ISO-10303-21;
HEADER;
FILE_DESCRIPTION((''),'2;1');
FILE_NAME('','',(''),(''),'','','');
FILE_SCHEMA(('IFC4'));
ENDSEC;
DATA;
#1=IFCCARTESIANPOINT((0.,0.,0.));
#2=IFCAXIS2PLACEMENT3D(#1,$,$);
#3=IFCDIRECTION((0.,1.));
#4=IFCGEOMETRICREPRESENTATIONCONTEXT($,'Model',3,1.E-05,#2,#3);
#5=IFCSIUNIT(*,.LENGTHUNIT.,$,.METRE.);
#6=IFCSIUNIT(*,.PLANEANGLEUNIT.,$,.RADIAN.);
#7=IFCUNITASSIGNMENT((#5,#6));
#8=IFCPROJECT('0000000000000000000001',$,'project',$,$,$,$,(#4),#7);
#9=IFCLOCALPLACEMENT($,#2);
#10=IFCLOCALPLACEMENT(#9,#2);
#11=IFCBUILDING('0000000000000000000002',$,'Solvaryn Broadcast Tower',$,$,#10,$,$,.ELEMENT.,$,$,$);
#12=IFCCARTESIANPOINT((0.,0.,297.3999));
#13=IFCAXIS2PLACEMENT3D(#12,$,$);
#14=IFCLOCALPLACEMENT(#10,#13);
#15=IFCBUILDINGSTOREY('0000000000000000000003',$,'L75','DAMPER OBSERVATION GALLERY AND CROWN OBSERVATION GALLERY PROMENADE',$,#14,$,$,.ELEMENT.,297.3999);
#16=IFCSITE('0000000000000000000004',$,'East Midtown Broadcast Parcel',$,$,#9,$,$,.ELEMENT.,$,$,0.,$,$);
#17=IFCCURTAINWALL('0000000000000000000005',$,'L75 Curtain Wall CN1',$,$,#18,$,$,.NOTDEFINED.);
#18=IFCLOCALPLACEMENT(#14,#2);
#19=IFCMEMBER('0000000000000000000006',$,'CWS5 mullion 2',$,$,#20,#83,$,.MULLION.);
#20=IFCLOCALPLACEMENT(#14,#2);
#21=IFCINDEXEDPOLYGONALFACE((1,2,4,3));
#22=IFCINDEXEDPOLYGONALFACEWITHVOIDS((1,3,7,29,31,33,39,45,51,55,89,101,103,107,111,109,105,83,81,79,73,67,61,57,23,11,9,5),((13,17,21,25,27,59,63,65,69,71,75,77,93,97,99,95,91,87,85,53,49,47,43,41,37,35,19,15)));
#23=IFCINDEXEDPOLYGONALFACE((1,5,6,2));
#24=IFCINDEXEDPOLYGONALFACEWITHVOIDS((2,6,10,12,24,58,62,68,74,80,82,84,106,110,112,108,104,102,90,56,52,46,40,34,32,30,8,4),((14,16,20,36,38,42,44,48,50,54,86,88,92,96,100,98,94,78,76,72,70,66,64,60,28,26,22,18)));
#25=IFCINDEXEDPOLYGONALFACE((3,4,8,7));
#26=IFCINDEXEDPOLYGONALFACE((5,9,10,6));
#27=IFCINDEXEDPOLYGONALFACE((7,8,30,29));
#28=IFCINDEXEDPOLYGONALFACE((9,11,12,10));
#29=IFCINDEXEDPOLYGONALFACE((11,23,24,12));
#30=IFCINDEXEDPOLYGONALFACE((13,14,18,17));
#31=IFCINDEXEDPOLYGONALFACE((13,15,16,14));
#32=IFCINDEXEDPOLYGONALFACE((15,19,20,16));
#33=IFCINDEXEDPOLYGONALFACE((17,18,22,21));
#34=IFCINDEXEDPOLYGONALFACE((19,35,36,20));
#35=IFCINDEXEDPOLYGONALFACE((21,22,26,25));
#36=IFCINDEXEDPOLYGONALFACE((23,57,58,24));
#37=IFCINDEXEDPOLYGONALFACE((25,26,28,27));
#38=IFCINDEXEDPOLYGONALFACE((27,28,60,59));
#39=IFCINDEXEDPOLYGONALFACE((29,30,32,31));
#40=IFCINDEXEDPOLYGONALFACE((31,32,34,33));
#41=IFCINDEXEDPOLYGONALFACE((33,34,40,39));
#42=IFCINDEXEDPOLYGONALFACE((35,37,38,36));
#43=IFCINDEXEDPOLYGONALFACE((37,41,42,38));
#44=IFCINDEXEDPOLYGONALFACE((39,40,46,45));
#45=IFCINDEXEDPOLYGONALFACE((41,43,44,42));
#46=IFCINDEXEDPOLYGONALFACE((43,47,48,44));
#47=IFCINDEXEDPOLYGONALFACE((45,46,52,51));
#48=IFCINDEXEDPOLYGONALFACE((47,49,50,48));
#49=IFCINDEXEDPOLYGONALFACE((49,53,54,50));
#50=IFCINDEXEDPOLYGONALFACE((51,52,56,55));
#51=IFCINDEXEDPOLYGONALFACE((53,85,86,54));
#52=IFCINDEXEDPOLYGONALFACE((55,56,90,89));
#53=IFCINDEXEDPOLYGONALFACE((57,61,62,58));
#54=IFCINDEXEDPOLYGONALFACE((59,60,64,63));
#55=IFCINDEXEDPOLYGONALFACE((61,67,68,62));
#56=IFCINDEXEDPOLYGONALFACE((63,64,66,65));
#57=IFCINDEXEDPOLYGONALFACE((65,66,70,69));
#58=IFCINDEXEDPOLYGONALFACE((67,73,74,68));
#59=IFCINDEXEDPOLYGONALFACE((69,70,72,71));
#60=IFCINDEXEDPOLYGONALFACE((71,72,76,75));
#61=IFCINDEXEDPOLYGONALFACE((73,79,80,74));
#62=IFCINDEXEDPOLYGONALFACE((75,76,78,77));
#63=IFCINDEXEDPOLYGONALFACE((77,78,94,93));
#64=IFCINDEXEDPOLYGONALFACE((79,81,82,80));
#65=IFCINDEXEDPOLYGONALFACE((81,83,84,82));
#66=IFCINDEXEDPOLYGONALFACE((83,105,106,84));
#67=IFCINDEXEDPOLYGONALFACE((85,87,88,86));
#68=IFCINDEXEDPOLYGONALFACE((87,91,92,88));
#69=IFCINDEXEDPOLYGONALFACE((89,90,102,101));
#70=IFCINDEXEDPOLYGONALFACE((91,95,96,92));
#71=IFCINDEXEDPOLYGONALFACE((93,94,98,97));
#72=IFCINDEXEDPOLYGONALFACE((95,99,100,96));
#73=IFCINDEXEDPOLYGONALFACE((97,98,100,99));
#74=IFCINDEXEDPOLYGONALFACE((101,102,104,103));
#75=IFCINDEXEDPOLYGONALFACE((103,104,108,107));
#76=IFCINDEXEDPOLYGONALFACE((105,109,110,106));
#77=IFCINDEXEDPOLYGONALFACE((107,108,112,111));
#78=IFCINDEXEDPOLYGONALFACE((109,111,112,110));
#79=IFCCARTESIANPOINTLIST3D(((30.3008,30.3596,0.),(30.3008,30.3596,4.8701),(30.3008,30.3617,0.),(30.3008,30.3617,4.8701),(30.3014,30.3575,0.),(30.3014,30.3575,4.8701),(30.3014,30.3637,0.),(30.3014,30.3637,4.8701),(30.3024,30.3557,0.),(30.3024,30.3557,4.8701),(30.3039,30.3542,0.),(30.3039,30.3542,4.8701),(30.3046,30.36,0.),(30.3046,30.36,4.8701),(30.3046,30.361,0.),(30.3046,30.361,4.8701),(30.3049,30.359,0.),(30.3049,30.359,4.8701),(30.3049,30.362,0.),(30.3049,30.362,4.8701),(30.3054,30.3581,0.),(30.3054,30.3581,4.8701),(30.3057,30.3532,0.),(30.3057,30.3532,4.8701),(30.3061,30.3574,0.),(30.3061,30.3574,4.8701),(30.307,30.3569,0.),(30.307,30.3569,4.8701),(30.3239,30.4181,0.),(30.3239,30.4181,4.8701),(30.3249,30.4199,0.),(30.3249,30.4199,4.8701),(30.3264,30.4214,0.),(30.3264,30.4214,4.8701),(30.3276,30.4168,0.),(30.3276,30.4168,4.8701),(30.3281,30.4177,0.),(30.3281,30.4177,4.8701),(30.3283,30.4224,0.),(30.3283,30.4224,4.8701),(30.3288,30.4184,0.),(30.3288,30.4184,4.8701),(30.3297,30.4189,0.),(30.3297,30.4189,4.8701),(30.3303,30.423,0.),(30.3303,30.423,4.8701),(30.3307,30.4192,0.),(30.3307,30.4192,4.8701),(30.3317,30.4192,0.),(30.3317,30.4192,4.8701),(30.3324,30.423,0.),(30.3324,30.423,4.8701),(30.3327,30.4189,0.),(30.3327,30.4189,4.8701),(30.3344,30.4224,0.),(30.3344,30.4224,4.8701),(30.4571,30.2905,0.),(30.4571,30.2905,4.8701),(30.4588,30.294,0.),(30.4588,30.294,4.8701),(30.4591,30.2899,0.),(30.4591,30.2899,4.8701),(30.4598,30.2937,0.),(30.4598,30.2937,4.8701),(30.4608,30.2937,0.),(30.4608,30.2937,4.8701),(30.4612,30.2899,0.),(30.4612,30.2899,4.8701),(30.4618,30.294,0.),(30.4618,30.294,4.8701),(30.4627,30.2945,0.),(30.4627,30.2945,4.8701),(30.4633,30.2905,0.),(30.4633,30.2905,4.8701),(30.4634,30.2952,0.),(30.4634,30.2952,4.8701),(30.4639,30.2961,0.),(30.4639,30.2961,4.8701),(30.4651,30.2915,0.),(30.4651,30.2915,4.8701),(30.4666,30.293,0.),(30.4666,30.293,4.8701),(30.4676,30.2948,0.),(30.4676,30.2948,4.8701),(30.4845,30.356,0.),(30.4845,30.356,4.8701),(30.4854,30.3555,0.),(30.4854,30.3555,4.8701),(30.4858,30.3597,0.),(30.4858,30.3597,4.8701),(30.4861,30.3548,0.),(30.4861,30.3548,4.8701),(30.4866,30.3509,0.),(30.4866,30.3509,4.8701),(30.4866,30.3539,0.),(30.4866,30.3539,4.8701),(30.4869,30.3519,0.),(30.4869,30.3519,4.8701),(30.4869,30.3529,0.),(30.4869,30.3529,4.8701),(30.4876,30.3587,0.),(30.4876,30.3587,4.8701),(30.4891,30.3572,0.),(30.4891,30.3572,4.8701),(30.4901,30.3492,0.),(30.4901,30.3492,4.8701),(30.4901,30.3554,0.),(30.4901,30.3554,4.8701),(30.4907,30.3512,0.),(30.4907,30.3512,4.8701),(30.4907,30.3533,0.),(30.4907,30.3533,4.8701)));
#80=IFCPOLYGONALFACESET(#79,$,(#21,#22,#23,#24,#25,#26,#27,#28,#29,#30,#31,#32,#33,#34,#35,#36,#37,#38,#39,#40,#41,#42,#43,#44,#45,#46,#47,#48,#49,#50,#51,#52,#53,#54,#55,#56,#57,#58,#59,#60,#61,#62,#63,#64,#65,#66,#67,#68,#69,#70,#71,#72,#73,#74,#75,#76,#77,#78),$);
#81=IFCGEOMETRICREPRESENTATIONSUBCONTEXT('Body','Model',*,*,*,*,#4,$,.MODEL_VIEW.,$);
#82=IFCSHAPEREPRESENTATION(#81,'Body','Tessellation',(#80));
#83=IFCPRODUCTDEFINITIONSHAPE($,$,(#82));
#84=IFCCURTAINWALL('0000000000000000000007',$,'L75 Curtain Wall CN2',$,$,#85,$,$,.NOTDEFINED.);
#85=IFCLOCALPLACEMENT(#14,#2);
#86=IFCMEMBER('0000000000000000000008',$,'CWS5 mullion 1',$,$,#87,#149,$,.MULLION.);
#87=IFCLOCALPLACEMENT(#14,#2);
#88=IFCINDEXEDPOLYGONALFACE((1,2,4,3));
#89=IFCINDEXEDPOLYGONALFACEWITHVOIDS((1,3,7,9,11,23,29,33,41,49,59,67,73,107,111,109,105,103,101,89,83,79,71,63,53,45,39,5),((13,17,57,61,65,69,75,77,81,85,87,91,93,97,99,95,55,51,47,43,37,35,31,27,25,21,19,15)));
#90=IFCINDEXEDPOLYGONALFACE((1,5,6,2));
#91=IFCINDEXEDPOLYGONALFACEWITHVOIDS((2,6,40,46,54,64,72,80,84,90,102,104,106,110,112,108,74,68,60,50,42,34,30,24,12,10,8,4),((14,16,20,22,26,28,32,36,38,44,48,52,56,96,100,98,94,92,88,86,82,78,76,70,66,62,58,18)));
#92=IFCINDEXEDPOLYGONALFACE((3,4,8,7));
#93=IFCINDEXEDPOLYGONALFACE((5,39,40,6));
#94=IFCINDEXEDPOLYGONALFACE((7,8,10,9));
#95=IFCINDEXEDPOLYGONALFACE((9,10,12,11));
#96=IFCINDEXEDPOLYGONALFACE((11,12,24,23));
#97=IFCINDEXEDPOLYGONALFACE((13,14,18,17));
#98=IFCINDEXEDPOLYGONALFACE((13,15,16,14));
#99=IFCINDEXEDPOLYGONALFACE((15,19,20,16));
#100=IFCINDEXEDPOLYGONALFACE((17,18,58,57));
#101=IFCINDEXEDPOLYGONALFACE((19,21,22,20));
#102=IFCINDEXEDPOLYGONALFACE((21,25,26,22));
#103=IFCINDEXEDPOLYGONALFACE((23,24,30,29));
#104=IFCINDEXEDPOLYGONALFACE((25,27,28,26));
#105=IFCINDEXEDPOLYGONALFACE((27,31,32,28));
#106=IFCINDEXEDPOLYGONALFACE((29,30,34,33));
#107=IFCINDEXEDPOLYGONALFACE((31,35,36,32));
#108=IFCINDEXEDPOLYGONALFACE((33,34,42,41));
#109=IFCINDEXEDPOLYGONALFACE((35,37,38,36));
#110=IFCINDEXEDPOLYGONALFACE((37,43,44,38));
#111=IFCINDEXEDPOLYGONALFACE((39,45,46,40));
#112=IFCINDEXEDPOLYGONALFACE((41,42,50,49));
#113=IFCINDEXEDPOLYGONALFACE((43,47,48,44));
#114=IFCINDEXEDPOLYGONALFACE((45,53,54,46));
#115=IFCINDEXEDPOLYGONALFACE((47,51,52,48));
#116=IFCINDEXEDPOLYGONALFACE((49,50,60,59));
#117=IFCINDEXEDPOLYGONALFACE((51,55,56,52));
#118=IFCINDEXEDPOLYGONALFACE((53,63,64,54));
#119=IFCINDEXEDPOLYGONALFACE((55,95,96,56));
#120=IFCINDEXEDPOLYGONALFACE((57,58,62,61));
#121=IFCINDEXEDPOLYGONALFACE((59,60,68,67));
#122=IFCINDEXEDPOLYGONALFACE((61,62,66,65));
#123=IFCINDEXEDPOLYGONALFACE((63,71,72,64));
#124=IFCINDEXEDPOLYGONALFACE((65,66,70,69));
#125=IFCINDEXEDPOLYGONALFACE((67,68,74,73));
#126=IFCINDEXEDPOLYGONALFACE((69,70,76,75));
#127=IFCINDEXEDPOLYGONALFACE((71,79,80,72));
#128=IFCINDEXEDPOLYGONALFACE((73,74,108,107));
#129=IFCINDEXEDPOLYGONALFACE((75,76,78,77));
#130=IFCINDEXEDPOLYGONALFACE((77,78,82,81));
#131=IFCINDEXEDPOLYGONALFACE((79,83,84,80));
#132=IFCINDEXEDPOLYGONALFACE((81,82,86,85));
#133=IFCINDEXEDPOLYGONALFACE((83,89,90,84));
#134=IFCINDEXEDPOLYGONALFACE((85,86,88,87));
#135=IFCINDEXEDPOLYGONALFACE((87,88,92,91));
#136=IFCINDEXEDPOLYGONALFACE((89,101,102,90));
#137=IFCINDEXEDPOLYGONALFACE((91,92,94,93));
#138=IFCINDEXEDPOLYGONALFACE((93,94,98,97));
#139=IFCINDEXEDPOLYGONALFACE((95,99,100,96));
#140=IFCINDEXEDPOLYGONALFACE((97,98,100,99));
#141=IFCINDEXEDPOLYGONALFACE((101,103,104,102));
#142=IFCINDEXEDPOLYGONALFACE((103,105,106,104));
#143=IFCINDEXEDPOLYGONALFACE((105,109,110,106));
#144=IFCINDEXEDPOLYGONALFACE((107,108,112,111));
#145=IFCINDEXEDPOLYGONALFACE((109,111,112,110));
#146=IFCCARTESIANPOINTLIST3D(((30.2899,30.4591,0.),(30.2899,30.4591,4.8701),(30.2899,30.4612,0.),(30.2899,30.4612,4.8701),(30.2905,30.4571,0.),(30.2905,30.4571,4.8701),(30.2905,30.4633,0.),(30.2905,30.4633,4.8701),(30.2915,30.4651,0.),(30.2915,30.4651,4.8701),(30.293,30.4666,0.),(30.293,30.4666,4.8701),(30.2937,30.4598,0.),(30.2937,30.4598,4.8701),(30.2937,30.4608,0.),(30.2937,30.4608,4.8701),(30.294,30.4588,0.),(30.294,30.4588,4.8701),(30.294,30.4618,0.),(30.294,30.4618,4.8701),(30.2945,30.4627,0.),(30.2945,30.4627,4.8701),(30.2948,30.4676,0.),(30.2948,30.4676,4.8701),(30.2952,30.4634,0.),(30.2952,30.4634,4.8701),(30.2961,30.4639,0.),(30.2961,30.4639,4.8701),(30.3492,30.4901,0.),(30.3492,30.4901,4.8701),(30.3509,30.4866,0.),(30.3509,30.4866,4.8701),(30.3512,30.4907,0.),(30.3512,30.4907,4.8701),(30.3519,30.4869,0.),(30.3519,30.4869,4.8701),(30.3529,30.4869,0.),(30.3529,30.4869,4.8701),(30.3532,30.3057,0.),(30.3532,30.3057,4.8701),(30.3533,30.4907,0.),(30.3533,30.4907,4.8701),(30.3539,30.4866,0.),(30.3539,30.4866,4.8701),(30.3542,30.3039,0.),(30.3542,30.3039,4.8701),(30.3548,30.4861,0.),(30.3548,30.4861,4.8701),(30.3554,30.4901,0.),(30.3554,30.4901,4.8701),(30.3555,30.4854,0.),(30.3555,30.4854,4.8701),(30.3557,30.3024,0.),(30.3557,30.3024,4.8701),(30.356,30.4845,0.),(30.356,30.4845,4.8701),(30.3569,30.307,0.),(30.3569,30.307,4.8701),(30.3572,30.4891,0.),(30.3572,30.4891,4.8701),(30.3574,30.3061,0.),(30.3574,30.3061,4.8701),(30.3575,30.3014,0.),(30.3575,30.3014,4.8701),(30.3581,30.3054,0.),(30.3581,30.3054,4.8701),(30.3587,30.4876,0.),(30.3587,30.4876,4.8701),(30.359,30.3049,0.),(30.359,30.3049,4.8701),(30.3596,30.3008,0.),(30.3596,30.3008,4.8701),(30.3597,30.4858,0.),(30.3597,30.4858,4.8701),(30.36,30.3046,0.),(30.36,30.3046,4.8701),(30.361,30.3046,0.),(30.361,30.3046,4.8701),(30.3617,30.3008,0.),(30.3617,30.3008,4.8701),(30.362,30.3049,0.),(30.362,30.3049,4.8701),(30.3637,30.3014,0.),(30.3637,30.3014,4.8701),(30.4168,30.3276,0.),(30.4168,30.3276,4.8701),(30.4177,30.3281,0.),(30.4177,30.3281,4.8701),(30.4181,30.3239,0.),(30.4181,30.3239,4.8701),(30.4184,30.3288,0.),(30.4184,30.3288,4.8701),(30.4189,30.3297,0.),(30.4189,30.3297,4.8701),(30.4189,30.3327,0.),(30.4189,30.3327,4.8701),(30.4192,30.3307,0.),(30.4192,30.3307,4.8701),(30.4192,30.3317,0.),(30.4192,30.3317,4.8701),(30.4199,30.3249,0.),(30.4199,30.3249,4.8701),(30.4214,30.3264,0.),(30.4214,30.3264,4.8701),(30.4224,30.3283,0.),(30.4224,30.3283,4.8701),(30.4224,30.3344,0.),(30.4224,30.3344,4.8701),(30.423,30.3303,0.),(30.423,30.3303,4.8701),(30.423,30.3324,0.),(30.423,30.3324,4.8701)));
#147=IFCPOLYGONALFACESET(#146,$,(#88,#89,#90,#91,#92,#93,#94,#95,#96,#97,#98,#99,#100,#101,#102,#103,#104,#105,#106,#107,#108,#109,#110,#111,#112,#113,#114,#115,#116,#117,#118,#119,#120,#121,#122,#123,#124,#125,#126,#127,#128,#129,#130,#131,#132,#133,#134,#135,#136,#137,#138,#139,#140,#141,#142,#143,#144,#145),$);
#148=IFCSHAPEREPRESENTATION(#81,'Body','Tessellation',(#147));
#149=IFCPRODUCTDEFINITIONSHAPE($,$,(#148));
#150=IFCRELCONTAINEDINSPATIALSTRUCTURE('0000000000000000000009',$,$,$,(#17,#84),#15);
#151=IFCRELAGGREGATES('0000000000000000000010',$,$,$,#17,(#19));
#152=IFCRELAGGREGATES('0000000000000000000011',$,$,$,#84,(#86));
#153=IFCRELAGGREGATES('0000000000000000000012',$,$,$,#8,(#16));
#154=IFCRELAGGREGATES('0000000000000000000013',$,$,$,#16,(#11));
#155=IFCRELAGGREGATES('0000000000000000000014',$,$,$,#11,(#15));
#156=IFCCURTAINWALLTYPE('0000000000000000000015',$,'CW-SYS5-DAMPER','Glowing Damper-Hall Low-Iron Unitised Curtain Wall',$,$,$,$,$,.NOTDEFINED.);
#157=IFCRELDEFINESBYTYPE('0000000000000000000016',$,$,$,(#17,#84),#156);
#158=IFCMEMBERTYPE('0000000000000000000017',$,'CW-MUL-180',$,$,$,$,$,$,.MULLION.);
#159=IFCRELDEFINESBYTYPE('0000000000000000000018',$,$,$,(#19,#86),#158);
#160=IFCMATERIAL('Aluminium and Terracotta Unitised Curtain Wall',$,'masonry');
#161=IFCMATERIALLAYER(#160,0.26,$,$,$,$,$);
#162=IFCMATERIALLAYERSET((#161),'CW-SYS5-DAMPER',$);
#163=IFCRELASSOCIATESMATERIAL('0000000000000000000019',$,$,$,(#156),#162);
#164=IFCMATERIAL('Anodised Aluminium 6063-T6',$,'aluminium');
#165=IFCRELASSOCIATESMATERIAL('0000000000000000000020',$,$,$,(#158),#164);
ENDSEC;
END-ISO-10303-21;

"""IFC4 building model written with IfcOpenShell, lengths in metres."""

from ifc_helpers import new_model, si_unit, direction, frame, origin, origin_2d, place, context, subcontext, project, spatial, hollow_rectangle, extrude, material, layer, layer_set, material_profile, profile_set, type_object, element, aggregate, save


model = new_model("IFC4")

# Units and contexts
model_context = context("Model", 3, precision=1e-05, world=origin(), true_north=direction((0.0, 1.0)))
body_context = subcontext(model_context, "Body", "Model", "MODEL_VIEW")
ifc_project = project(units=[si_unit("LENGTHUNIT", "METRE"), si_unit("PLANEANGLEUNIT", "RADIAN")], contexts=[model_context])

# Site, building, storey
site_placement = place(None, origin())
site = spatial("IfcSite", under=ifc_project, at=site_placement, Name="East Midtown Broadcast Parcel", CompositionType="ELEMENT", RefElevation=0.0)
building_placement = place(site_placement, origin())
building = spatial("IfcBuilding", under=site, at=building_placement, Name="Solvaryn Broadcast Tower", CompositionType="ELEMENT")
storey_placement = place(building_placement, frame((0.0, 0.0, 297.3999)))
storey = spatial("IfcBuildingStorey", under=building, at=storey_placement, Name="L75", Description="DAMPER OBSERVATION GALLERY AND CROWN OBSERVATION GALLERY PROMENADE", CompositionType="ELEMENT", Elevation=297.3999)

# Shared definitions
ifc_material_1 = material(Name="Aluminium and Terracotta Unitised Curtain Wall", Category="masonry")
ifc_layer_1 = layer(ifc_material_1, 0.26)
ifc_layer_set_1 = layer_set([ifc_layer_1], Name="CW-SYS5-DAMPER")
curtain_wall_type = type_object("IfcCurtainWallType", Name="CW-SYS5-DAMPER", Description="Glowing Damper-Hall Low-Iron Unitised Curtain Wall", PredefinedType="NOTDEFINED", material=ifc_layer_set_1)
ifc_material_2 = material(Name="Anodised Aluminium 6063-T6", Category="aluminium")
ifc_material_profile_1 = material_profile(ifc_material_2, hollow_rectangle(XDim=0.075, YDim=0.1799, WallThickness=0.0039, InnerFilletRadius=0.0039, OuterFilletRadius=0.0081, at=origin_2d()))
ifc_profile_set_1 = profile_set([ifc_material_profile_1], Name="Anodised Aluminium 6063-T6")
member_type_1 = type_object("IfcMemberType", Name="CW-MUL-180", PredefinedType="MULLION", material=ifc_profile_set_1)

# Curtain walls, members
curtain_wall_1_placement = place(storey_placement, origin())
curtain_wall_1 = element("IfcCurtainWall", 1, at=curtain_wall_1_placement, inside=storey, type_object=curtain_wall_type, Name="L75 Curtain Wall CN1", PredefinedType="NOTDEFINED")
member_1_placement = place(storey_placement, frame((30.3958, 30.3564, 0.0), z_axis=(0.0, 0.0, 1.0), x_axis=(-0.382646, -0.923895, 0.0)))
member_1 = element("IfcMember", 2, at=member_1_placement, type_object=member_type_1, Name="CWS5 mullion 2", PredefinedType="MULLION", context=body_context, shape_type="SweptSolid", body=[
    extrude(hollow_rectangle(XDim=0.075, YDim=0.1799, WallThickness=0.0039, InnerFilletRadius=0.0039, OuterFilletRadius=0.0081, at=origin_2d()), origin(), (0.0, 0.0, 1.0), 4.8701),
])
curtain_wall_2_placement = place(storey_placement, origin())
curtain_wall_2 = element("IfcCurtainWall", 3, at=curtain_wall_2_placement, inside=storey, type_object=curtain_wall_type, Name="L75 Curtain Wall CN2", PredefinedType="NOTDEFINED")
member_2_placement = place(storey_placement, frame((30.3564, 30.3958, 0.0), z_axis=(0.0, 0.0, 1.0), x_axis=(-0.923895, -0.382646, 0.0)))
member_2 = element("IfcMember", 4, at=member_2_placement, type_object=member_type_1, Name="CWS5 mullion 1", PredefinedType="MULLION", context=body_context, shape_type="SweptSolid", body=[
    extrude(hollow_rectangle(XDim=0.075, YDim=0.1799, WallThickness=0.0039, InnerFilletRadius=0.0039, OuterFilletRadius=0.0081, at=origin_2d()), origin(), (0.0, 0.0, 1.0), 4.8701),
])

aggregate(curtain_wall_1, [member_1])
aggregate(curtain_wall_2, [member_2])

save(model, "model.ifc")
